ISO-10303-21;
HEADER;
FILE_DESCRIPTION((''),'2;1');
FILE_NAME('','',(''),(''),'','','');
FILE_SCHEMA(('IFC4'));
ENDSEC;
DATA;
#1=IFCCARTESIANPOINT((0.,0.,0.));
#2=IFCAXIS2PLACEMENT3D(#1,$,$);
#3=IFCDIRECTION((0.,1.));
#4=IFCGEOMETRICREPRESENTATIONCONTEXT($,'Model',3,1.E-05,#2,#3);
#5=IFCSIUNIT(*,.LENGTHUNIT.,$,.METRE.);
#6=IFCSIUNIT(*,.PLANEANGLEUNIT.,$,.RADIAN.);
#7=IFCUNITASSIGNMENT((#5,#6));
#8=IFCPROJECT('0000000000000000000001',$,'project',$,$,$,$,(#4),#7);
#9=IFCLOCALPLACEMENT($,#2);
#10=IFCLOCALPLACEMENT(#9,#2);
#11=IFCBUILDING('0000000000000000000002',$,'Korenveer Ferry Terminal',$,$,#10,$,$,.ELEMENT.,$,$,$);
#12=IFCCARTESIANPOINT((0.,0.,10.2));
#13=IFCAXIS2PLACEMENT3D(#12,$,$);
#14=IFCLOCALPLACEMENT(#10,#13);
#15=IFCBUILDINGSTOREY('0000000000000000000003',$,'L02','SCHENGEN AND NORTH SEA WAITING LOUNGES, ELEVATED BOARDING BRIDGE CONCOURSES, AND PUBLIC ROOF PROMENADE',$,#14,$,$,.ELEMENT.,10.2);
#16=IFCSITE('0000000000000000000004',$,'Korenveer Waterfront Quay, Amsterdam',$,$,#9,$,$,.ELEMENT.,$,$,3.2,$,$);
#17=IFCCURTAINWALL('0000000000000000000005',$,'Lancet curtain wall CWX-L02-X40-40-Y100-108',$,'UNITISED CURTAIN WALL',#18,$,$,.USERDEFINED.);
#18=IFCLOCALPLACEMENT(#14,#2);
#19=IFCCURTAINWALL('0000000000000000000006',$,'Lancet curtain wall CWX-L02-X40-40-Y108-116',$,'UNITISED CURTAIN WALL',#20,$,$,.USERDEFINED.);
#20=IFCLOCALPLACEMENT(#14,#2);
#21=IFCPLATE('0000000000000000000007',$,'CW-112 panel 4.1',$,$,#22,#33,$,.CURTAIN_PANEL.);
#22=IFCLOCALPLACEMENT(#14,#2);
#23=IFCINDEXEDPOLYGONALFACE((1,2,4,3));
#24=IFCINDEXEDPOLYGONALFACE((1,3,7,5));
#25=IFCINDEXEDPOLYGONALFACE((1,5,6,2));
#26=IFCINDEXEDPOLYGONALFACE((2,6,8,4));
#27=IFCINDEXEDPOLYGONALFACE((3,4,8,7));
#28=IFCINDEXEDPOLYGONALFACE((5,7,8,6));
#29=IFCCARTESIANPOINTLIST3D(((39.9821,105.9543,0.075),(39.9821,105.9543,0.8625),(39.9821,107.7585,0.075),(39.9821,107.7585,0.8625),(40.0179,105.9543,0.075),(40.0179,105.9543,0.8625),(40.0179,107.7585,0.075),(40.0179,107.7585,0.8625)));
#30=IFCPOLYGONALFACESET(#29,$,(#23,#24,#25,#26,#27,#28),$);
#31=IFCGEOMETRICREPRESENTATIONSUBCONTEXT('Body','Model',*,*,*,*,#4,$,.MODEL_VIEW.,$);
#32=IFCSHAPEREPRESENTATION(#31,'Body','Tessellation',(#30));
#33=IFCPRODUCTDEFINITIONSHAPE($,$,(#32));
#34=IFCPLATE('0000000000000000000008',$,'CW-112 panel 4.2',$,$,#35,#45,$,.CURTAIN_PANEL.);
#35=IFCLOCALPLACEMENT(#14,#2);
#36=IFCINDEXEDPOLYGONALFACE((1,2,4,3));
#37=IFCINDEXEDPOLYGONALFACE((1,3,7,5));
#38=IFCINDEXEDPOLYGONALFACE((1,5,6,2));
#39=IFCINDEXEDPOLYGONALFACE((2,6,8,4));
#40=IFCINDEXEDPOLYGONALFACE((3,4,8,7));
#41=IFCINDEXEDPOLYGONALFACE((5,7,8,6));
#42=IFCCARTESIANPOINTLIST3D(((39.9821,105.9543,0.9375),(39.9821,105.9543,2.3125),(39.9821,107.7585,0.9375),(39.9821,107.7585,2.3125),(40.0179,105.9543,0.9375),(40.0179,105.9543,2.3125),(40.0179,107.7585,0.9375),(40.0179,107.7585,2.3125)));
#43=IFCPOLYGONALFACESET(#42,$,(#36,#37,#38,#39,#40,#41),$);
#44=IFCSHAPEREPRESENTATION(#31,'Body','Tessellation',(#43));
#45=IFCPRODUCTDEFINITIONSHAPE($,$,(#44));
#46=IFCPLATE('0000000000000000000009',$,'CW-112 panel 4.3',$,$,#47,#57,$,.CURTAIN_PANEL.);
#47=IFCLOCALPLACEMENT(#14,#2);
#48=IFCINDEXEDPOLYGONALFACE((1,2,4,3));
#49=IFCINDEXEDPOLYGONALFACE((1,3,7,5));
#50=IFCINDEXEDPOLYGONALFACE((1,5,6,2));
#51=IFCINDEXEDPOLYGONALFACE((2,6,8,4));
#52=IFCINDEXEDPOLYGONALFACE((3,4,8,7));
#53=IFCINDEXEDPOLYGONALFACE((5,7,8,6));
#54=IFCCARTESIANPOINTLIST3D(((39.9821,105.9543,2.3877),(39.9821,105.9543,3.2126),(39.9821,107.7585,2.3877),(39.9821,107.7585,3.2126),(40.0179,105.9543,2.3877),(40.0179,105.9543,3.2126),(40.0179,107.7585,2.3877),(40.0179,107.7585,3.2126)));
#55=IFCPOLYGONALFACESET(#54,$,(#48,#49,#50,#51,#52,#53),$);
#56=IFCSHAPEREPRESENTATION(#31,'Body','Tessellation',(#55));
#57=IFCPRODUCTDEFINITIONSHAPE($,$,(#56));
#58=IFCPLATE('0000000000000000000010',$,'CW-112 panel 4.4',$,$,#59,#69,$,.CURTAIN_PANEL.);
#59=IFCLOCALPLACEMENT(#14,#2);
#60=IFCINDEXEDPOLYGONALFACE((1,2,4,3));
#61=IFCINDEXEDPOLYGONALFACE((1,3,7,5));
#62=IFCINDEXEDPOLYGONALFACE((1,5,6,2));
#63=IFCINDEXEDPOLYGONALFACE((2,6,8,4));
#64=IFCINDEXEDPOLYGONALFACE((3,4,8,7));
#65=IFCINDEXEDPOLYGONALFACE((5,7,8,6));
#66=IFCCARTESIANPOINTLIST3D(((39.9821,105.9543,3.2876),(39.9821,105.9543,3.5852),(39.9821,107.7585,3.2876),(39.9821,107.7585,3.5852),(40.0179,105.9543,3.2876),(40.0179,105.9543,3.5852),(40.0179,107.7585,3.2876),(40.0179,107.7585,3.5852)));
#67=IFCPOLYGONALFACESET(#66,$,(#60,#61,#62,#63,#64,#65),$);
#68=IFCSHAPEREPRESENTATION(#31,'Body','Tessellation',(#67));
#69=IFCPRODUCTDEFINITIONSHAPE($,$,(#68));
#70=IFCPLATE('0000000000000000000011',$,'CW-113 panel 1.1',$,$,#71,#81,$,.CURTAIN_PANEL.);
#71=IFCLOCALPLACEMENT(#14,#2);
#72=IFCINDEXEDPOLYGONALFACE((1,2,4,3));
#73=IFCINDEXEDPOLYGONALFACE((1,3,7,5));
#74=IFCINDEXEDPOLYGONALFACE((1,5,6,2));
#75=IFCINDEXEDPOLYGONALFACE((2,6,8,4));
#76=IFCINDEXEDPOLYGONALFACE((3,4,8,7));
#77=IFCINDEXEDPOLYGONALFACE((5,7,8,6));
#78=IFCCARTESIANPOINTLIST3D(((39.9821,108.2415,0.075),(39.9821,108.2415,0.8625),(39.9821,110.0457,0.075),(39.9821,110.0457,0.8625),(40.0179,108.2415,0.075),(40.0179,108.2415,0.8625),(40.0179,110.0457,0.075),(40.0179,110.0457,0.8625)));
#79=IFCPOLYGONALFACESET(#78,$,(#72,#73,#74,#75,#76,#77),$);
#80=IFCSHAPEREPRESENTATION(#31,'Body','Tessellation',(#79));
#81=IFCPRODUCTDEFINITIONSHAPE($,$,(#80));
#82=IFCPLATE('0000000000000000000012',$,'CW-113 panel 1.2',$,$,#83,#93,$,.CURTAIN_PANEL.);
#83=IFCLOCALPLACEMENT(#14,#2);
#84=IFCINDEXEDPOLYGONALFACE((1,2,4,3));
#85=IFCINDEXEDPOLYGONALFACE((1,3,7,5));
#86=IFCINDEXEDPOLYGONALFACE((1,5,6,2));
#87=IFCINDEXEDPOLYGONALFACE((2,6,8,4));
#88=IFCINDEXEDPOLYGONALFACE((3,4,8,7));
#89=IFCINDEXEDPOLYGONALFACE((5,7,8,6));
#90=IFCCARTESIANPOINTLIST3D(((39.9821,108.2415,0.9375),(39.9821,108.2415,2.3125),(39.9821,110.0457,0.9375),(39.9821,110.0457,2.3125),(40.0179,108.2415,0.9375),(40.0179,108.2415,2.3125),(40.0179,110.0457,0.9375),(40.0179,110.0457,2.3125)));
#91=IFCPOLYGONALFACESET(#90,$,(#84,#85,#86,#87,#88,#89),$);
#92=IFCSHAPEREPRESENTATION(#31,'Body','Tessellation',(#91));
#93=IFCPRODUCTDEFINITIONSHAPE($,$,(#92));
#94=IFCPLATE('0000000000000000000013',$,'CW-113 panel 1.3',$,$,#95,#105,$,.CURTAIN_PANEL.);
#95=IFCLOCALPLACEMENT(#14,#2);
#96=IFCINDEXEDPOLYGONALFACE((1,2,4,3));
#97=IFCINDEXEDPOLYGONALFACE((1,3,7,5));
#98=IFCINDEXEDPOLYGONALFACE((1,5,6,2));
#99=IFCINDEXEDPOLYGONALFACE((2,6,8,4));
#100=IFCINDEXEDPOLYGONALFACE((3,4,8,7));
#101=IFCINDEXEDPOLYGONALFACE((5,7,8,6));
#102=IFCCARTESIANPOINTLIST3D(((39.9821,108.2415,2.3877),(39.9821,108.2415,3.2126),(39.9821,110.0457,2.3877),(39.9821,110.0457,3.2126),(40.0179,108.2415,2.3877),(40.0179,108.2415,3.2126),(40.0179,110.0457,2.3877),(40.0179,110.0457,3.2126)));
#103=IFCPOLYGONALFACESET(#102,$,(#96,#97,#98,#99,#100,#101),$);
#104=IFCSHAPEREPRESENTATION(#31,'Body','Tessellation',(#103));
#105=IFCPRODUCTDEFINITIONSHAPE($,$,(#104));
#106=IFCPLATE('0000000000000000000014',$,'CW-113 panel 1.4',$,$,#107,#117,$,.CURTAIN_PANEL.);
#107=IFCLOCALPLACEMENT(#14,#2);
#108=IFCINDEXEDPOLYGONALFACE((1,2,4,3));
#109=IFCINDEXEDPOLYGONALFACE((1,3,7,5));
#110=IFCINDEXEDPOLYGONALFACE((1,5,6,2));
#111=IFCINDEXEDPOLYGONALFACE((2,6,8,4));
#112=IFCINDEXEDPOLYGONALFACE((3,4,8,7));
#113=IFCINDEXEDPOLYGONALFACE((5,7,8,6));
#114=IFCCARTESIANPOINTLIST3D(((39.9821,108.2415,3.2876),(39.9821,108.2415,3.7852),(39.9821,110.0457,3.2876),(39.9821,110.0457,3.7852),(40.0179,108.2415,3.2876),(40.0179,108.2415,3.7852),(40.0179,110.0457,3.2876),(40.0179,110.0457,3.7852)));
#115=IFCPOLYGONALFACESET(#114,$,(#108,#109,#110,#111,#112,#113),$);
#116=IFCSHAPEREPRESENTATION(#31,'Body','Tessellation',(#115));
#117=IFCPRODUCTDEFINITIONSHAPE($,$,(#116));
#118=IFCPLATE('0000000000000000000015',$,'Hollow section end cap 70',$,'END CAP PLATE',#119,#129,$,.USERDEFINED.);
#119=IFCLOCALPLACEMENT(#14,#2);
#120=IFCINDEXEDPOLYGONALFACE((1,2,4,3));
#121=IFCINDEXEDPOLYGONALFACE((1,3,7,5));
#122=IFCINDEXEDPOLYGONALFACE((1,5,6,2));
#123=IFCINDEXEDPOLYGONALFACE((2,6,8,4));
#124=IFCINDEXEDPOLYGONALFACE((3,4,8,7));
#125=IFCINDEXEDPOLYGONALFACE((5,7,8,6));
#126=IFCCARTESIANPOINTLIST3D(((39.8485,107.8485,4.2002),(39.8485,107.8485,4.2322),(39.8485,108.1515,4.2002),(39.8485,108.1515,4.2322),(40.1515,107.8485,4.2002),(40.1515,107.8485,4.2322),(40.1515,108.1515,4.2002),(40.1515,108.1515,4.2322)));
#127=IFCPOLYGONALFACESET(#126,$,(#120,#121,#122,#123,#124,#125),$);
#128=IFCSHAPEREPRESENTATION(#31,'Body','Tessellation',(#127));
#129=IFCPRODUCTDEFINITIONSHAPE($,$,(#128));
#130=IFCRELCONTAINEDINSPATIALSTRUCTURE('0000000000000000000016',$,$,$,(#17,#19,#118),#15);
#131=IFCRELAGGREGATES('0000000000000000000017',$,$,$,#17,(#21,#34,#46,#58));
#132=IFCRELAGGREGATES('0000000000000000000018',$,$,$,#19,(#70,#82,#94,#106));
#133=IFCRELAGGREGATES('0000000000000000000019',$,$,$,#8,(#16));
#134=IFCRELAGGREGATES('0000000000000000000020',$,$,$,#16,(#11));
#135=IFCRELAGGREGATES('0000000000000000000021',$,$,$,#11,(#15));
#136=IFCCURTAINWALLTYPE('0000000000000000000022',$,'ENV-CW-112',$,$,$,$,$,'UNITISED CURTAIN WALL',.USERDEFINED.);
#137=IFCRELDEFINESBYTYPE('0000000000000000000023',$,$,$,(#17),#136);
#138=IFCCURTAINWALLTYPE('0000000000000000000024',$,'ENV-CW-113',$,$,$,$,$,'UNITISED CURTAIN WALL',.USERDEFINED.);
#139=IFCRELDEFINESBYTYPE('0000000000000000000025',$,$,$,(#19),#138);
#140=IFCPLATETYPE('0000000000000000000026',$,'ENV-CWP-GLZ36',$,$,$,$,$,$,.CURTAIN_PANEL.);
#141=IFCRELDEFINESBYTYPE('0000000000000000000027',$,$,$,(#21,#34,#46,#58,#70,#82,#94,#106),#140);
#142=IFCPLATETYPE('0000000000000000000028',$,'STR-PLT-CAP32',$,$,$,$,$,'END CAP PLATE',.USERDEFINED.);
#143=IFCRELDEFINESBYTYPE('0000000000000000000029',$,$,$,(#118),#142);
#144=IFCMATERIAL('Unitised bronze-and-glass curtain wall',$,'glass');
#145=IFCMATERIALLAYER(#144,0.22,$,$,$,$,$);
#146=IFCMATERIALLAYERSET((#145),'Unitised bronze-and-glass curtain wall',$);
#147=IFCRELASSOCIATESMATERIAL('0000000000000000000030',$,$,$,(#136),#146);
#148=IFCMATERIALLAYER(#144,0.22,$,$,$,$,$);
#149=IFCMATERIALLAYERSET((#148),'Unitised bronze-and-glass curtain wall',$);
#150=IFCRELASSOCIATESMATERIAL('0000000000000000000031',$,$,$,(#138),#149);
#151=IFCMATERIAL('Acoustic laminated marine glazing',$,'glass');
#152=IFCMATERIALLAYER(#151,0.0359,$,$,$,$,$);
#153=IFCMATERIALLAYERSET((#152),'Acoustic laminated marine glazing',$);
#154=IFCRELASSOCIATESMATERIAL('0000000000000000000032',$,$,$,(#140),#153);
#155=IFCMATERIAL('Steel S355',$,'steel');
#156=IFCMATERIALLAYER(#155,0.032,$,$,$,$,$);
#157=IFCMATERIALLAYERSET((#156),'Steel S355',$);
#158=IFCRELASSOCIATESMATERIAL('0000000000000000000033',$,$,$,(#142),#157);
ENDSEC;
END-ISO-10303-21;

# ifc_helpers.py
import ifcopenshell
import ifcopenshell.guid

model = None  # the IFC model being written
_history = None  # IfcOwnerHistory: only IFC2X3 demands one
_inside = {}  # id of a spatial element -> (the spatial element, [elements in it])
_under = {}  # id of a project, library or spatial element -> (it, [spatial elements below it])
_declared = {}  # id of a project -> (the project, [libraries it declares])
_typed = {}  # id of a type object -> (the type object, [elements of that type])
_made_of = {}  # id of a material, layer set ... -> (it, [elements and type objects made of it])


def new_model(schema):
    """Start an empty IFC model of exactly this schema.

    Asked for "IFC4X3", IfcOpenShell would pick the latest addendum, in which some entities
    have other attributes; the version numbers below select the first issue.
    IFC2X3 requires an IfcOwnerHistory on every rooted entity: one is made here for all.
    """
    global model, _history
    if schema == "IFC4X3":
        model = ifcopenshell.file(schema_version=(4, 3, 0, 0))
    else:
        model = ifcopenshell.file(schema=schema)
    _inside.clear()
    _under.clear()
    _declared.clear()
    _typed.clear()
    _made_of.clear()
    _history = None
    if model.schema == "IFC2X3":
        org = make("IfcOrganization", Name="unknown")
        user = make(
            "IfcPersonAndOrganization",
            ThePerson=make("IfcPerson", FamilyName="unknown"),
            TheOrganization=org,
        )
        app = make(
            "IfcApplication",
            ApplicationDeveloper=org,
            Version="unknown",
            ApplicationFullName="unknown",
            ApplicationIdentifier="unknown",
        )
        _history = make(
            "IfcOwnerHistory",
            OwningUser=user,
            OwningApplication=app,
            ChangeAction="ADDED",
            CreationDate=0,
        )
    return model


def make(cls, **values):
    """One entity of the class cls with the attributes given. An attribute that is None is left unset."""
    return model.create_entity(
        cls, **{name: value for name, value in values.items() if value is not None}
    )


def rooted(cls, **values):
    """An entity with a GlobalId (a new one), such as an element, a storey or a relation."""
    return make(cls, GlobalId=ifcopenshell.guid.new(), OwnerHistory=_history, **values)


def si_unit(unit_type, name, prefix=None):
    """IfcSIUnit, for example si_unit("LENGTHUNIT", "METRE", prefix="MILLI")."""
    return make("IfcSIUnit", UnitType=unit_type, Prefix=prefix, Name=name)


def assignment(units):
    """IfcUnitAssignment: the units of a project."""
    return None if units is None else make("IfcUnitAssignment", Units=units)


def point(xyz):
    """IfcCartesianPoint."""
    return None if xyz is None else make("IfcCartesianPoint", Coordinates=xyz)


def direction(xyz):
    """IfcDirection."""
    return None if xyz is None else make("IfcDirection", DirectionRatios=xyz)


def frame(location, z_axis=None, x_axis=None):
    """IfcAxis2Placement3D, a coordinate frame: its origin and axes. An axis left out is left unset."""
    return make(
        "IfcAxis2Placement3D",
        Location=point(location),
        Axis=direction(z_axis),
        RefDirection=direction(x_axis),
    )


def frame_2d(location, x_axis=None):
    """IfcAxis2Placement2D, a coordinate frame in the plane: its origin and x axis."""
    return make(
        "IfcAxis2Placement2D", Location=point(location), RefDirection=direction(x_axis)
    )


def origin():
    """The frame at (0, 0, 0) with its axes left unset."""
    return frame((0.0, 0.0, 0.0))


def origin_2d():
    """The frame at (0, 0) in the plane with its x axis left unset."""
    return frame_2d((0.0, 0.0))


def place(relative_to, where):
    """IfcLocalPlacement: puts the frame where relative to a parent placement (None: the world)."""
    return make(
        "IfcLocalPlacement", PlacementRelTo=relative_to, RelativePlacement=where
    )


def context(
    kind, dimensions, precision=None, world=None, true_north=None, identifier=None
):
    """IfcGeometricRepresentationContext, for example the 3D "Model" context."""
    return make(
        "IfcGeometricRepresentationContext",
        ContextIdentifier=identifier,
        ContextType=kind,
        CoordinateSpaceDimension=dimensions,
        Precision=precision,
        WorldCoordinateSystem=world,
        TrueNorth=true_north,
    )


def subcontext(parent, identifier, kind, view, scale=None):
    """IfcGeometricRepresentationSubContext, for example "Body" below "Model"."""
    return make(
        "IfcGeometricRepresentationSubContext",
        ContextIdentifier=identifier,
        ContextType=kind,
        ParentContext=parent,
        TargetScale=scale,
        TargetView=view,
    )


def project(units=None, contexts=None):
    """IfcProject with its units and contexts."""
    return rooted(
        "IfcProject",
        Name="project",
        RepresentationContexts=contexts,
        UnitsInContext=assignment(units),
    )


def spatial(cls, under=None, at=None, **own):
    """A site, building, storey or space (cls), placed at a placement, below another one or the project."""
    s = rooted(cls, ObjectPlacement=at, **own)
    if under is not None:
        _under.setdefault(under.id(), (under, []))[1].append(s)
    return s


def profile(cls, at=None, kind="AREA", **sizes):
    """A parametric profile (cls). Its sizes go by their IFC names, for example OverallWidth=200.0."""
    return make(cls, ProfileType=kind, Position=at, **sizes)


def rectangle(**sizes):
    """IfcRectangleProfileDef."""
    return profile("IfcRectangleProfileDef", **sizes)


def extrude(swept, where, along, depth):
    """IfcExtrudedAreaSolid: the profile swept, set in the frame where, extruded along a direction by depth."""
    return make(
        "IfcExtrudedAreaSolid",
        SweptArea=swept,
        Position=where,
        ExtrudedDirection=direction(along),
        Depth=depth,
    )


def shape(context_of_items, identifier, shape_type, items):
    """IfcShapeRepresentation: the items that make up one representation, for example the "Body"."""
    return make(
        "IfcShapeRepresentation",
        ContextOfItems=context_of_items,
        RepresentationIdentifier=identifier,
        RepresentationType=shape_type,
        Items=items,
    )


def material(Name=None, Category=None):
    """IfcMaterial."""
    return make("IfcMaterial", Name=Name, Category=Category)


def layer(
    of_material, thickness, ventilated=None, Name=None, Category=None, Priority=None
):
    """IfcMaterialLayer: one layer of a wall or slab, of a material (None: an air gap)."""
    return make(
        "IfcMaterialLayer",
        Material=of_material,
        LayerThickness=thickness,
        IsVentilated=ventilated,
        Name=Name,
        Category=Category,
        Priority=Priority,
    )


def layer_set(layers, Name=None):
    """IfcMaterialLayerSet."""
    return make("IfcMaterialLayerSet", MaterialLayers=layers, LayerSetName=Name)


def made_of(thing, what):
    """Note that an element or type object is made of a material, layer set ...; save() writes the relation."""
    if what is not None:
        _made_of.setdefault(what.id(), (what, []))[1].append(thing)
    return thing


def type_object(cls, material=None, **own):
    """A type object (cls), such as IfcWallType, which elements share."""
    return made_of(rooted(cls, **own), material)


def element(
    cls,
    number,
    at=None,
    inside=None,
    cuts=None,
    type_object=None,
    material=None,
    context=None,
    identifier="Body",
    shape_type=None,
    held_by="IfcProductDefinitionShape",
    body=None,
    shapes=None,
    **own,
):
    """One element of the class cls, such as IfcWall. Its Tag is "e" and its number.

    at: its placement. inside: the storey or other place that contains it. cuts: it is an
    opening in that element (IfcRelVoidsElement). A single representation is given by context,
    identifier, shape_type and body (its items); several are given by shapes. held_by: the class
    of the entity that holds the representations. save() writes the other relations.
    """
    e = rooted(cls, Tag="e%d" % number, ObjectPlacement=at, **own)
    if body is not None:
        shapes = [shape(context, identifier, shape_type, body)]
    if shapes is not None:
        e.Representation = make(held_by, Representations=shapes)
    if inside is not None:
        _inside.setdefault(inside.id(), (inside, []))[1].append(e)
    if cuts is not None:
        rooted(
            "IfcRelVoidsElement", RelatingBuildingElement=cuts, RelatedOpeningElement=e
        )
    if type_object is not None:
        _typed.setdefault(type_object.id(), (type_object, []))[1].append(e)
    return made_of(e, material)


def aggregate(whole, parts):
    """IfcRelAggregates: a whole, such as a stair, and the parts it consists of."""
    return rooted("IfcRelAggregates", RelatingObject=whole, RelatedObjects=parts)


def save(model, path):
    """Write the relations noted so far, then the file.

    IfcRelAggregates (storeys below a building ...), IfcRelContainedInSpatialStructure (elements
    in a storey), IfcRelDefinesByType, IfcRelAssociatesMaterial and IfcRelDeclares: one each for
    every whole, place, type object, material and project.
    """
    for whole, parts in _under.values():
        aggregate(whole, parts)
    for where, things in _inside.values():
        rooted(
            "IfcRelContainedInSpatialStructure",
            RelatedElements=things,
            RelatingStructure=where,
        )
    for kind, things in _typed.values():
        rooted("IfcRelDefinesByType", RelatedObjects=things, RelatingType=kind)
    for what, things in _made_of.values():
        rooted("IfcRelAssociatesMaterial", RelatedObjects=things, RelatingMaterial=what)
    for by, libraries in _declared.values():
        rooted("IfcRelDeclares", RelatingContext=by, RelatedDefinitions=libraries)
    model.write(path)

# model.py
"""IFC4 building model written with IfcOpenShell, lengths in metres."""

from ifc_helpers import new_model, si_unit, direction, frame, origin, origin_2d, place, context, subcontext, project, spatial, rectangle, extrude, material, layer, layer_set, type_object, element, aggregate, save


model = new_model("IFC4")

# Units and contexts
model_context = context("Model", 3, precision=1e-05, world=origin(), true_north=direction((0.0, 1.0)))
body_context = subcontext(model_context, "Body", "Model", "MODEL_VIEW")
ifc_project = project(units=[si_unit("LENGTHUNIT", "METRE"), si_unit("PLANEANGLEUNIT", "RADIAN")], contexts=[model_context])

# Site, building, storey
site_placement = place(None, origin())
site = spatial("IfcSite", under=ifc_project, at=site_placement, Name="Korenveer Waterfront Quay, Amsterdam", CompositionType="ELEMENT", RefElevation=3.2)
building_placement = place(site_placement, origin())
building = spatial("IfcBuilding", under=site, at=building_placement, Name="Korenveer Ferry Terminal", CompositionType="ELEMENT")
storey_placement = place(building_placement, frame((0.0, 0.0, 10.2)))
storey = spatial("IfcBuildingStorey", under=building, at=storey_placement, Name="L02", Description="SCHENGEN AND NORTH SEA WAITING LOUNGES, ELEVATED BOARDING BRIDGE CONCOURSES, AND PUBLIC ROOF PROMENADE", CompositionType="ELEMENT", Elevation=10.2)

# Shared definitions
ifc_material_1 = material(Name="Steel S355", Category="steel")

# Curtain walls
ifc_material_2 = material(Name="Unitised bronze-and-glass curtain wall", Category="glass")
ifc_layer_1 = layer(ifc_material_2, 0.22)
ifc_layer_set_1 = layer_set([ifc_layer_1], Name="Unitised bronze-and-glass curtain wall")
curtain_wall_type_1 = type_object("IfcCurtainWallType", Name="ENV-CW-112", ElementType="UNITISED CURTAIN WALL", PredefinedType="USERDEFINED", material=ifc_layer_set_1)
curtain_wall_1_placement = place(storey_placement, frame((40.0, 100.1665, 0.0)))
curtain_wall_1 = element("IfcCurtainWall", 1, at=curtain_wall_1_placement, inside=storey, type_object=curtain_wall_type_1, Name="Lancet curtain wall CWX-L02-X40-40-Y100-108", ObjectType="UNITISED CURTAIN WALL", PredefinedType="USERDEFINED")
ifc_layer_2 = layer(ifc_material_2, 0.22)
ifc_layer_set_2 = layer_set([ifc_layer_2], Name="Unitised bronze-and-glass curtain wall")
curtain_wall_type_2 = type_object("IfcCurtainWallType", Name="ENV-CW-113", ElementType="UNITISED CURTAIN WALL", PredefinedType="USERDEFINED", material=ifc_layer_set_2)
curtain_wall_2_placement = place(storey_placement, frame((40.0, 108.1665, 0.0)))
curtain_wall_2 = element("IfcCurtainWall", 2, at=curtain_wall_2_placement, inside=storey, type_object=curtain_wall_type_2, Name="Lancet curtain wall CWX-L02-X40-40-Y108-116", ObjectType="UNITISED CURTAIN WALL", PredefinedType="USERDEFINED")

# Plates
ifc_material_3 = material(Name="Acoustic laminated marine glazing", Category="glass")
ifc_layer_3 = layer(ifc_material_3, 0.0359)
ifc_layer_set_3 = layer_set([ifc_layer_3], Name="Acoustic laminated marine glazing")
plate_type_1 = type_object("IfcPlateType", Name="ENV-CWP-GLZ36", PredefinedType="CURTAIN_PANEL", material=ifc_layer_set_3)
plate_1_placement = place(storey_placement, frame((40.0, 106.8564, 0.075), z_axis=(0.0, 0.0, 1.0), x_axis=(0.0, 1.0, 0.0)))
plate_1 = element("IfcPlate", 3, at=plate_1_placement, type_object=plate_type_1, Name="CW-112 panel 4.1", PredefinedType="CURTAIN_PANEL", context=body_context, shape_type="SweptSolid", body=[
    extrude(rectangle(XDim=1.8042, YDim=0.0359, at=origin_2d()), origin(), (0.0, 0.0, 1.0), 0.7876),
])
plate_2_placement = place(storey_placement, frame((40.0, 106.8564, 0.9375), z_axis=(0.0, 0.0, 1.0), x_axis=(0.0, 1.0, 0.0)))
plate_2 = element("IfcPlate", 4, at=plate_2_placement, type_object=plate_type_1, Name="CW-112 panel 4.2", PredefinedType="CURTAIN_PANEL", context=body_context, shape_type="SweptSolid", body=[
    extrude(rectangle(XDim=1.8042, YDim=0.0359, at=origin_2d()), origin(), (0.0, 0.0, 1.0), 1.375),
])
plate_3_placement = place(storey_placement, frame((40.0, 106.8564, 2.3877), z_axis=(0.0, 0.0, 1.0), x_axis=(0.0, 1.0, 0.0)))
plate_3 = element("IfcPlate", 5, at=plate_3_placement, type_object=plate_type_1, Name="CW-112 panel 4.3", PredefinedType="CURTAIN_PANEL", context=body_context, shape_type="SweptSolid", body=[
    extrude(rectangle(XDim=1.8042, YDim=0.0359, at=origin_2d()), origin(), (0.0, 0.0, 1.0), 0.825),
])
plate_4_placement = place(storey_placement, frame((40.0, 106.8564, 3.2876), z_axis=(0.0, 0.0, 1.0), x_axis=(0.0, 1.0, 0.0)))
plate_4 = element("IfcPlate", 6, at=plate_4_placement, type_object=plate_type_1, Name="CW-112 panel 4.4", PredefinedType="CURTAIN_PANEL", context=body_context, shape_type="SweptSolid", body=[
    extrude(rectangle(XDim=1.8042, YDim=0.0359, at=origin_2d()), origin(), (0.0, 0.0, 1.0), 0.2976),
])
aggregate(curtain_wall_1, [plate_1, plate_2, plate_3, plate_4])
plate_5_placement = place(storey_placement, frame((40.0, 109.1436, 0.075), z_axis=(0.0, 0.0, 1.0), x_axis=(0.0, 1.0, 0.0)))
plate_5 = element("IfcPlate", 7, at=plate_5_placement, type_object=plate_type_1, Name="CW-113 panel 1.1", PredefinedType="CURTAIN_PANEL", context=body_context, shape_type="SweptSolid", body=[
    extrude(rectangle(XDim=1.8042, YDim=0.0359, at=origin_2d()), origin(), (0.0, 0.0, 1.0), 0.7876),
])
plate_6_placement = place(storey_placement, frame((40.0, 109.1436, 0.9375), z_axis=(0.0, 0.0, 1.0), x_axis=(0.0, 1.0, 0.0)))
plate_6 = element("IfcPlate", 8, at=plate_6_placement, type_object=plate_type_1, Name="CW-113 panel 1.2", PredefinedType="CURTAIN_PANEL", context=body_context, shape_type="SweptSolid", body=[
    extrude(rectangle(XDim=1.8042, YDim=0.0359, at=origin_2d()), origin(), (0.0, 0.0, 1.0), 1.375),
])
plate_7_placement = place(storey_placement, frame((40.0, 109.1436, 2.3877), z_axis=(0.0, 0.0, 1.0), x_axis=(0.0, 1.0, 0.0)))
plate_7 = element("IfcPlate", 9, at=plate_7_placement, type_object=plate_type_1, Name="CW-113 panel 1.3", PredefinedType="CURTAIN_PANEL", context=body_context, shape_type="SweptSolid", body=[
    extrude(rectangle(XDim=1.8042, YDim=0.0359, at=origin_2d()), origin(), (0.0, 0.0, 1.0), 0.825),
])
plate_8_placement = place(storey_placement, frame((40.0, 109.1436, 3.2876), z_axis=(0.0, 0.0, 1.0), x_axis=(0.0, 1.0, 0.0)))
plate_8 = element("IfcPlate", 10, at=plate_8_placement, type_object=plate_type_1, Name="CW-113 panel 1.4", PredefinedType="CURTAIN_PANEL", context=body_context, shape_type="SweptSolid", body=[
    extrude(rectangle(XDim=1.8042, YDim=0.0359, at=origin_2d()), origin(), (0.0, 0.0, 1.0), 0.4976),
])
aggregate(curtain_wall_2, [plate_5, plate_6, plate_7, plate_8])
ifc_layer_4 = layer(ifc_material_1, 0.032)
ifc_layer_set_4 = layer_set([ifc_layer_4], Name="Steel S355")
plate_type_2 = type_object("IfcPlateType", Name="STR-PLT-CAP32", ElementType="END CAP PLATE", PredefinedType="USERDEFINED", material=ifc_layer_set_4)
plate_9_placement = place(storey_placement, frame((40.0, 108.0, 4.2002), z_axis=(0.0, 0.0, 1.0), x_axis=(1.0, 0.0, 0.0)))
element("IfcPlate", 11, at=plate_9_placement, inside=storey, type_object=plate_type_2, Name="Hollow section end cap 70", ObjectType="END CAP PLATE", PredefinedType="USERDEFINED", context=body_context, shape_type="SweptSolid", body=[
    extrude(rectangle(XDim=0.303, YDim=0.303, at=origin_2d()), origin(), (0.0, 0.0, 1.0), 0.032),
])

save(model, "model.ifc")
